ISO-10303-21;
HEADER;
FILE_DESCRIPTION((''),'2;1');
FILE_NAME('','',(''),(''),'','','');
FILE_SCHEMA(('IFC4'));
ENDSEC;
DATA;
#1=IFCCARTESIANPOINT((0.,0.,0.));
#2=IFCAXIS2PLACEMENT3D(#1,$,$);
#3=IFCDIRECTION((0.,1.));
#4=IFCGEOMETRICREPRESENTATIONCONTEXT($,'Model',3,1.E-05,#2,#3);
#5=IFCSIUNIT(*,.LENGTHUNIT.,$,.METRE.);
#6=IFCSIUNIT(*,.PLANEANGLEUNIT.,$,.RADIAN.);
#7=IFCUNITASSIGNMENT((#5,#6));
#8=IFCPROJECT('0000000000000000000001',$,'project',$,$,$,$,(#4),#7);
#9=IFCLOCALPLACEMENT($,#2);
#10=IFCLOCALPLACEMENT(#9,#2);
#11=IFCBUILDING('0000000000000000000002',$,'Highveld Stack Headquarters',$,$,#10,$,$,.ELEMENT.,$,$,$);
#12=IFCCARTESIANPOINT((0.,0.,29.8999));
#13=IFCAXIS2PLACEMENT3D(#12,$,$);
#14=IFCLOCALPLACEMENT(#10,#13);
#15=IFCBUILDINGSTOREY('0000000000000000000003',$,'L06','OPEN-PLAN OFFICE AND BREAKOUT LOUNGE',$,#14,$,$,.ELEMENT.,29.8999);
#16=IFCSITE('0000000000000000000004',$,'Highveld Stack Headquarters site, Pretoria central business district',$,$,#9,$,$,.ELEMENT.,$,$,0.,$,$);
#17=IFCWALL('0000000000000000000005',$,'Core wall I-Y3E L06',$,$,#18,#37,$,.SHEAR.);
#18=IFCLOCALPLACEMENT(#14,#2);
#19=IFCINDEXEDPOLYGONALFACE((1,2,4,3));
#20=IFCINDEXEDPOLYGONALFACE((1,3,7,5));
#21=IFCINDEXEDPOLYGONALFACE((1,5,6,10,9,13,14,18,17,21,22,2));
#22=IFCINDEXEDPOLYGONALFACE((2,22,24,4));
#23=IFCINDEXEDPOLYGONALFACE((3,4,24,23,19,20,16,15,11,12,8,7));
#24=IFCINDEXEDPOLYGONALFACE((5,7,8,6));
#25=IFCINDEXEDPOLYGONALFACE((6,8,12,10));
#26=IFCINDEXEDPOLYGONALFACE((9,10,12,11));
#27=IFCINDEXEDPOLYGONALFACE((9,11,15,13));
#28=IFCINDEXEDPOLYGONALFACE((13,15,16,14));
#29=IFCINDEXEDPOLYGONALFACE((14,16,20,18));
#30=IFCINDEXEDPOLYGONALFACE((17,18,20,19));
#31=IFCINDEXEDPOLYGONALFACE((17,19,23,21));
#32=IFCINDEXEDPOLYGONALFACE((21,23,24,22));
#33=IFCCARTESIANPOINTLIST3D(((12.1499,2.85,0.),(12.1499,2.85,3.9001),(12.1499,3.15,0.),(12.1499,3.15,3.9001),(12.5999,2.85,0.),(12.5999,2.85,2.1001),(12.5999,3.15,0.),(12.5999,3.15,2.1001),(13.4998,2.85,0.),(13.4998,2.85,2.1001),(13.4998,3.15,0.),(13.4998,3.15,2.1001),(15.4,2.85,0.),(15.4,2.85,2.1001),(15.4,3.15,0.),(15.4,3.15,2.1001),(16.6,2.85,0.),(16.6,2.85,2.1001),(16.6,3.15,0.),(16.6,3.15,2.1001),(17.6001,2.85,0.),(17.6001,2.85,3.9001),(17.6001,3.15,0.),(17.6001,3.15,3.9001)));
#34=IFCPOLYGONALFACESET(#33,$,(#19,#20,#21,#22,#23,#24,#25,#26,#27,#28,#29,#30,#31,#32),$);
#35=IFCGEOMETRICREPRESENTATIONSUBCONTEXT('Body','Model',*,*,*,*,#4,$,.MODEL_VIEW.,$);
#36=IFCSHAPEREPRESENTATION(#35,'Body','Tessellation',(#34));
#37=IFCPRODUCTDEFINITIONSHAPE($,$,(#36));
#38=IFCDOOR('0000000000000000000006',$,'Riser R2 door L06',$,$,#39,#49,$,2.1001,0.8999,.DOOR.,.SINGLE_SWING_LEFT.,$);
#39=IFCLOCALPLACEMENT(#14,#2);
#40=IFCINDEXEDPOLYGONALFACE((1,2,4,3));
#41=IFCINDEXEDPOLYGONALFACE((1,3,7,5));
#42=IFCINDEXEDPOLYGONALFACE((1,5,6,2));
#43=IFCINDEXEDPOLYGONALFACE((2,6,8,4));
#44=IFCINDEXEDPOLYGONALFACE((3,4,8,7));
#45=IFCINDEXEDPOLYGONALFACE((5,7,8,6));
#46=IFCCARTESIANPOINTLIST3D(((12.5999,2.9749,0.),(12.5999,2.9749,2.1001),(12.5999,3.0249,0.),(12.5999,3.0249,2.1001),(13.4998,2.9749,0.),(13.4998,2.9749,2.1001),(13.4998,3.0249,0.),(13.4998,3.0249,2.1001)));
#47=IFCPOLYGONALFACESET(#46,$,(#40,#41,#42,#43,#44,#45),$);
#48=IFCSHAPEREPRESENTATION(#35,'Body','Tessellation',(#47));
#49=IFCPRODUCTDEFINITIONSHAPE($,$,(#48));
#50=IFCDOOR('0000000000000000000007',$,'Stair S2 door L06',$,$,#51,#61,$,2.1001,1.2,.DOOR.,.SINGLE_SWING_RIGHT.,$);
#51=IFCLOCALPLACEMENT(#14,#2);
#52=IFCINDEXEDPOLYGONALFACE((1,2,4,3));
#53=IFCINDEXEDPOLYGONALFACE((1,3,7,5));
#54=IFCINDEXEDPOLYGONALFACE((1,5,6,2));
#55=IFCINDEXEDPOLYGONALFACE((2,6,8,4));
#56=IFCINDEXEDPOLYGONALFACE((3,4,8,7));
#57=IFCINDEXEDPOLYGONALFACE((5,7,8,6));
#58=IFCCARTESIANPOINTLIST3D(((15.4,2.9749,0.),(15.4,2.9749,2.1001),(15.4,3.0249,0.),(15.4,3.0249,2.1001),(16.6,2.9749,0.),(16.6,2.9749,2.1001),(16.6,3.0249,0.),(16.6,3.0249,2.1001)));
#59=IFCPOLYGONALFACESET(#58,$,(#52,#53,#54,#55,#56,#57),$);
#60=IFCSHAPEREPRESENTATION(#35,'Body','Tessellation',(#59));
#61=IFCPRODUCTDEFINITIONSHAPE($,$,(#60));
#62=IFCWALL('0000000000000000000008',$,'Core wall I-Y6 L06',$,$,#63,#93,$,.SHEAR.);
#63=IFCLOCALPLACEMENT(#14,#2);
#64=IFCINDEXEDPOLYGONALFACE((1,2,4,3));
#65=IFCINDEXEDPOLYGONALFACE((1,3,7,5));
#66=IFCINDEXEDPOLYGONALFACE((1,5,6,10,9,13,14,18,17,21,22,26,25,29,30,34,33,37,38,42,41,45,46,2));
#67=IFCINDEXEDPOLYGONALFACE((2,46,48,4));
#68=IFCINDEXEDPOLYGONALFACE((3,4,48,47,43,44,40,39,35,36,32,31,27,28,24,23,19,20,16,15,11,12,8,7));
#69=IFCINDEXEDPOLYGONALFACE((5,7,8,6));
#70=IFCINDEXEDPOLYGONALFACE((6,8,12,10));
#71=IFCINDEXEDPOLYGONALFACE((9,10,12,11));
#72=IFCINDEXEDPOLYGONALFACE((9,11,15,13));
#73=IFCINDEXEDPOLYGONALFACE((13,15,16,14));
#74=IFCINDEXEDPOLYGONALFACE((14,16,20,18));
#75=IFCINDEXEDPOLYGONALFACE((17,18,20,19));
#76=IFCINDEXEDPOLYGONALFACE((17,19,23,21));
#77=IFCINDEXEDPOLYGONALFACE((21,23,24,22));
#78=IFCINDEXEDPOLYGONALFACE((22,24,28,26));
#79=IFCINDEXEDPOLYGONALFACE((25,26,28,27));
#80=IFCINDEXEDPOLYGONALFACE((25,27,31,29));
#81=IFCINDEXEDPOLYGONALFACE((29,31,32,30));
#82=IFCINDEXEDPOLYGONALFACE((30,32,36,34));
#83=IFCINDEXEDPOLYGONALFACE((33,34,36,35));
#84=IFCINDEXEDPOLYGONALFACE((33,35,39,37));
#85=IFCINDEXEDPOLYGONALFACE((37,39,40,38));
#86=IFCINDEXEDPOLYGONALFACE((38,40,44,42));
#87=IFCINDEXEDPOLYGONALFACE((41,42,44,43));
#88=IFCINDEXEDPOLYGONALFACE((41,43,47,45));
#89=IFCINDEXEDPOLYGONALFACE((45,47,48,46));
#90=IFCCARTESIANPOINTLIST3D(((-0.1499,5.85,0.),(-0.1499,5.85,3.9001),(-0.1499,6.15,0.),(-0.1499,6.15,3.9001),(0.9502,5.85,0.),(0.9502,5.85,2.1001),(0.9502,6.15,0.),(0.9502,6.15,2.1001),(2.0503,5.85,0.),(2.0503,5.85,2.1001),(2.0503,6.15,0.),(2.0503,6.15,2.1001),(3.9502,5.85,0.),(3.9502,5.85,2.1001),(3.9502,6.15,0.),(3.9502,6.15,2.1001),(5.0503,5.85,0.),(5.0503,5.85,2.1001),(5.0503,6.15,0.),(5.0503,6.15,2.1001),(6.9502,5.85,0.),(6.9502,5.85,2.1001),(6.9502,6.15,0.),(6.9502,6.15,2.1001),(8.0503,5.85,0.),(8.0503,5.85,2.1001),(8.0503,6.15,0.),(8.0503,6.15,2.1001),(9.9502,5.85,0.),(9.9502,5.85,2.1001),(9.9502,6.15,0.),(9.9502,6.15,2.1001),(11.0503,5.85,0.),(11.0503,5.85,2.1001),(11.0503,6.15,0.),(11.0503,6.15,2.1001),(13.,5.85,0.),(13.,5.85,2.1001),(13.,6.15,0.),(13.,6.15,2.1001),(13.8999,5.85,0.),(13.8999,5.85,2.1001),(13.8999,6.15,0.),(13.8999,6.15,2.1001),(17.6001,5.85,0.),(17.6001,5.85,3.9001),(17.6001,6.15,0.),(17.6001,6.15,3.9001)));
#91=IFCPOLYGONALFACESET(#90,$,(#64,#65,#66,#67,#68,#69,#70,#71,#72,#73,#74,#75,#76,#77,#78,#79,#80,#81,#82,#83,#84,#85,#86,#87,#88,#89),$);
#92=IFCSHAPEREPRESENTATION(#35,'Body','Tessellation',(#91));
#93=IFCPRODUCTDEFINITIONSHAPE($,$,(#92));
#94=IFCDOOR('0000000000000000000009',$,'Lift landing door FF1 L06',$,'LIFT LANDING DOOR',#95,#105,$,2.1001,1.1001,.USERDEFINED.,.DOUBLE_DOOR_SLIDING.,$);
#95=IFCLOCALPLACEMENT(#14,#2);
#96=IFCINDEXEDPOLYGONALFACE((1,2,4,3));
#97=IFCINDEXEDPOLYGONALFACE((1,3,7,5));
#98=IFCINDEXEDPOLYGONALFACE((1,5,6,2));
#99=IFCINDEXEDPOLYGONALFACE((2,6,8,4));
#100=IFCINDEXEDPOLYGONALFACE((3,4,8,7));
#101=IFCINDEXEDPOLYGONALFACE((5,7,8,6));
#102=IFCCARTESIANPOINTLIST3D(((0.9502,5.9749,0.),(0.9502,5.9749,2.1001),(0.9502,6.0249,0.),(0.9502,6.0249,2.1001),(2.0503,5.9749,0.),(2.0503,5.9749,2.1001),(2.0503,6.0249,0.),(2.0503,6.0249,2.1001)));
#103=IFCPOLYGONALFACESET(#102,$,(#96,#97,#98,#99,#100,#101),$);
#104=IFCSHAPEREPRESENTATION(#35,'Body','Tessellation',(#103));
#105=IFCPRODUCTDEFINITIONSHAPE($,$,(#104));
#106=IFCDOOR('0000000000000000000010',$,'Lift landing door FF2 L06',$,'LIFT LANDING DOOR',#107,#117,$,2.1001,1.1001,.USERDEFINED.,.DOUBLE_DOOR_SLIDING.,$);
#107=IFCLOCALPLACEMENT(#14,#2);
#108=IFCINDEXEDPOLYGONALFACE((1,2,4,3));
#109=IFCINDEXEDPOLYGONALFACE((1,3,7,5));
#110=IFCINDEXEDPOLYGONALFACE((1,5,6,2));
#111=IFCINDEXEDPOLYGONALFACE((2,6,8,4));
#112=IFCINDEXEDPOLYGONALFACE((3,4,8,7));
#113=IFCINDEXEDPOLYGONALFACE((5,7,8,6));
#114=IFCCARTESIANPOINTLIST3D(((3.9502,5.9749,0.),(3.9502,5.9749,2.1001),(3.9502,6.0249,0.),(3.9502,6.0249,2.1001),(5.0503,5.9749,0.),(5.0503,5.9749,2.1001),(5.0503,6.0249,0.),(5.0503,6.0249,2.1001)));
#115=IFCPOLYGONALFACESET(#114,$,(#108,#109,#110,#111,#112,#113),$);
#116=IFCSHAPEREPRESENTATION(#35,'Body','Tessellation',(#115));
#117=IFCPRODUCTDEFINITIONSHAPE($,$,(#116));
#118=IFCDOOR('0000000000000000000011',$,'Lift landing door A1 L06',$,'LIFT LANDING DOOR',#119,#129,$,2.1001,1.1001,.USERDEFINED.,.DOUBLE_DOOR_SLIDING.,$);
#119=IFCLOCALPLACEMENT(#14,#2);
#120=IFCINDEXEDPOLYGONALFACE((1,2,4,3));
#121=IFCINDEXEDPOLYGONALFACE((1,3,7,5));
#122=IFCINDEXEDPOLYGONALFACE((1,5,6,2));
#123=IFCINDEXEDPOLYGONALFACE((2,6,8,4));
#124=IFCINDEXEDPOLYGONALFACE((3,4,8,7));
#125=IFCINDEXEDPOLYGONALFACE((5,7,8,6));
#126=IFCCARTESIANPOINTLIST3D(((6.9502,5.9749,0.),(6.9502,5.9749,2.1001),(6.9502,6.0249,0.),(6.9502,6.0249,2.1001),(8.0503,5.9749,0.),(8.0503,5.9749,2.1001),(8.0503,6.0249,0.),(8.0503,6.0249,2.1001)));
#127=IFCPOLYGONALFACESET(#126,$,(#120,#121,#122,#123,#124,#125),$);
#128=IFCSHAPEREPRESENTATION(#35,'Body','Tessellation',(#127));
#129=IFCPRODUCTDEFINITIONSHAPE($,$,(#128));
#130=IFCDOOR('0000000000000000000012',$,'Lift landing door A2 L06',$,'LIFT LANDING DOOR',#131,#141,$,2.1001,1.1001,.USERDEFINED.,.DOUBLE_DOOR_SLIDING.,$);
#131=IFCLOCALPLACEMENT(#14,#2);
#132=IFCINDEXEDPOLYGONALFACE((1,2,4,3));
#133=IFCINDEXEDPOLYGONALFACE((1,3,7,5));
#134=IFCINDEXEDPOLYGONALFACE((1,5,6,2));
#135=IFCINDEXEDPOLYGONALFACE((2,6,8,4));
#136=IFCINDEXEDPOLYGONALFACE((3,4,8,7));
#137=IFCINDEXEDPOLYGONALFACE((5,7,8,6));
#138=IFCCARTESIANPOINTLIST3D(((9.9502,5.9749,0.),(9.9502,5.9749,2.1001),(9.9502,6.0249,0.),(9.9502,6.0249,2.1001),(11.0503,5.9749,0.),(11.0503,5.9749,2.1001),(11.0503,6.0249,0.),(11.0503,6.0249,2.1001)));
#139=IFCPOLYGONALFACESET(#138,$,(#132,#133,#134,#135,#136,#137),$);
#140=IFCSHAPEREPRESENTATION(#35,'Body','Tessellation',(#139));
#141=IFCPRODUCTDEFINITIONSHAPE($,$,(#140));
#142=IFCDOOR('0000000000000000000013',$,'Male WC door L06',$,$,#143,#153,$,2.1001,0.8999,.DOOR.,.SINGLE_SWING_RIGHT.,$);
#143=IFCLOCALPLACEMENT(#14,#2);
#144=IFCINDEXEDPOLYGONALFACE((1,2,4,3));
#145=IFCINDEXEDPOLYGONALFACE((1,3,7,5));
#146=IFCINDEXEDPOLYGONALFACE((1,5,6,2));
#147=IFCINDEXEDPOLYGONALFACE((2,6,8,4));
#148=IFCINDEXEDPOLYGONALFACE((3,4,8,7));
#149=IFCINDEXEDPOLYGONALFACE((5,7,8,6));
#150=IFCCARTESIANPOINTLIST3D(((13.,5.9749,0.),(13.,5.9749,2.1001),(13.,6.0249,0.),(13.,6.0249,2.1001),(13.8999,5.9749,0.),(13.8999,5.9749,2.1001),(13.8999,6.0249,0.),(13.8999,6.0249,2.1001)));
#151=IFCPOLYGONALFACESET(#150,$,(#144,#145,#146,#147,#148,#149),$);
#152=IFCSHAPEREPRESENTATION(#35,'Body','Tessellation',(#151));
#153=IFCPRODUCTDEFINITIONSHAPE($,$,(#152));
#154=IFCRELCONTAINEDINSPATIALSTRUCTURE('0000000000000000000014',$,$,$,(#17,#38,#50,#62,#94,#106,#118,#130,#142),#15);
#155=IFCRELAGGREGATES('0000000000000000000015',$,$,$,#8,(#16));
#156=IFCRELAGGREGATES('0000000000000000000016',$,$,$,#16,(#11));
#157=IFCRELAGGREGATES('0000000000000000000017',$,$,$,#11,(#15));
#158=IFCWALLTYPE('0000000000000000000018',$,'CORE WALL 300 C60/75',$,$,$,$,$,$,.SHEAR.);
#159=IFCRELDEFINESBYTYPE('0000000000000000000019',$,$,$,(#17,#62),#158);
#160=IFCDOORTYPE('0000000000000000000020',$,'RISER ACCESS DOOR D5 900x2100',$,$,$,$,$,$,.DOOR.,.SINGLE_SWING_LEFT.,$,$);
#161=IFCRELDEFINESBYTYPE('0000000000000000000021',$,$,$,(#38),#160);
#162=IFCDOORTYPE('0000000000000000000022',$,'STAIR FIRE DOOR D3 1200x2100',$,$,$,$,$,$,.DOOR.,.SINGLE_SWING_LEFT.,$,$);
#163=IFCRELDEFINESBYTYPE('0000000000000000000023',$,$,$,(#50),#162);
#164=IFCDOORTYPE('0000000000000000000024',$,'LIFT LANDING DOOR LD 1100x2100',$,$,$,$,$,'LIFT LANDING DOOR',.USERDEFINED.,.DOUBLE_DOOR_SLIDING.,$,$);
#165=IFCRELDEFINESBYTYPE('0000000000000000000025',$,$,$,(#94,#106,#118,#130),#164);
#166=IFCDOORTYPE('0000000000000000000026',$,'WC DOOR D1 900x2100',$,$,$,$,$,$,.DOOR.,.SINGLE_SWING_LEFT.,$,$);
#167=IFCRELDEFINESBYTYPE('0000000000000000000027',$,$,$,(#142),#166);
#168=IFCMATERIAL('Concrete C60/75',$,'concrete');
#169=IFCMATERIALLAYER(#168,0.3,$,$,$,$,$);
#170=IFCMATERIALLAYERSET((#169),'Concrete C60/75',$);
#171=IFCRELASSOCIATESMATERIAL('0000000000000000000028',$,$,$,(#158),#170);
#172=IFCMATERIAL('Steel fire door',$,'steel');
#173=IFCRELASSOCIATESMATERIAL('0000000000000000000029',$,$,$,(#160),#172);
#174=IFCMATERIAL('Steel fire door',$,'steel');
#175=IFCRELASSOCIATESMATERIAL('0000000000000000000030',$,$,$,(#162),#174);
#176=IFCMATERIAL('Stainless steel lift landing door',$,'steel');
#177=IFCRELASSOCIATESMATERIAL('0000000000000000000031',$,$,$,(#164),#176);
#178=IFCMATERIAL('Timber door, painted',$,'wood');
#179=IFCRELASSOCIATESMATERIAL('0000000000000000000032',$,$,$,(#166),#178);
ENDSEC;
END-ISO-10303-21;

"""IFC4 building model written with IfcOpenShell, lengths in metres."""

from ifc_helpers import new_model, si_unit, direction, frame, frame_2d, origin, place, context, subcontext, project, spatial, rectangle, extrude, material, layer, layer_set, type_object, element, fill, save


model = new_model("IFC4")

# Units and contexts
model_context = context("Model", 3, precision=1e-05, world=origin(), true_north=direction((0.0, 1.0)))
body_context = subcontext(model_context, "Body", "Model", "MODEL_VIEW")
ifc_project = project(units=[si_unit("LENGTHUNIT", "METRE"), si_unit("PLANEANGLEUNIT", "RADIAN")], contexts=[model_context])

# Site, building, storey
site_placement = place(None, origin())
site = spatial("IfcSite", under=ifc_project, at=site_placement, Name="Highveld Stack Headquarters site, Pretoria central business district", CompositionType="ELEMENT", RefElevation=0.0)
building_placement = place(site_placement, origin())
building = spatial("IfcBuilding", under=site, at=building_placement, Name="Highveld Stack Headquarters", CompositionType="ELEMENT")
storey_placement = place(building_placement, frame((0.0, 0.0, 29.8999)))
storey = spatial("IfcBuildingStorey", under=building, at=storey_placement, Name="L06", Description="OPEN-PLAN OFFICE AND BREAKOUT LOUNGE", CompositionType="ELEMENT", Elevation=29.8999)

# Walls, openings, doors
ifc_material_1 = material(Name="Concrete C60/75", Category="concrete")
ifc_layer_1 = layer(ifc_material_1, 0.3)
ifc_layer_set_1 = layer_set([ifc_layer_1], Name="Concrete C60/75")
wall_type_1 = type_object("IfcWallType", Name="CORE WALL 300 C60/75", PredefinedType="SHEAR", material=ifc_layer_set_1)
wall_1_placement = place(storey_placement, frame((12.1499, 3.0, 0.0), z_axis=(0.0, 0.0, 1.0), x_axis=(1.0, 0.0, 0.0)))
wall_1 = element("IfcWall", 1, at=wall_1_placement, inside=storey, type_object=wall_type_1, Name="Core wall I-Y3E L06", PredefinedType="SHEAR", context=body_context, shape_type="SweptSolid", body=[
    extrude(rectangle(XDim=5.4502, YDim=0.3, at=frame_2d((2.7251, 0.0))), origin(), (0.0, 0.0, 1.0), 3.9001),
])
opening_1_placement = place(wall_1_placement, frame((3.25, 0.0, 0.0)))
opening_1 = element("IfcOpeningElement", 2, at=opening_1_placement, cuts=wall_1, PredefinedType="OPENING", context=body_context, shape_type="SweptSolid", body=[
    extrude(rectangle(XDim=1.2, YDim=2.1001, at=frame_2d((0.6001, 1.05))), frame((0.0, 0.1599, 0.0), z_axis=(0.0, -1.0, 0.0), x_axis=(1.0, 0.0, 0.0)), (0.0, 0.0, 1.0), 0.3201),
])
opening_2_placement = place(wall_1_placement, frame((0.45, 0.0, 0.0)))
opening_2 = element("IfcOpeningElement", 3, at=opening_2_placement, cuts=wall_1, PredefinedType="OPENING", context=body_context, shape_type="SweptSolid", body=[
    extrude(rectangle(XDim=0.8999, YDim=2.1001, at=frame_2d((0.45, 1.05))), frame((0.0, 0.1599, 0.0), z_axis=(0.0, -1.0, 0.0), x_axis=(1.0, 0.0, 0.0)), (0.0, 0.0, 1.0), 0.3201),
])
ifc_material_2 = material(Name="Steel fire door", Category="steel")
door_type_1 = type_object("IfcDoorType", Name="RISER ACCESS DOOR D5 900x2100", OperationType="SINGLE_SWING_LEFT", PredefinedType="DOOR", material=ifc_material_2)
door_1_placement = place(opening_2_placement, origin())
door_1 = element("IfcDoor", 4, at=door_1_placement, inside=storey, type_object=door_type_1, Name="Riser R2 door L06", OperationType="SINGLE_SWING_LEFT", OverallHeight=2.1001, OverallWidth=0.8999, PredefinedType="DOOR", context=body_context, shape_type="SweptSolid", body=[
    extrude(rectangle(XDim=0.8999, YDim=2.1001, at=frame_2d((0.45, 1.05))), frame((0.0, 0.0249, 0.0), z_axis=(0.0, -1.0, 0.0), x_axis=(1.0, 0.0, 0.0)), (0.0, 0.0, 1.0), 0.05),
])
fill(opening_2, door_1)
ifc_material_3 = material(Name="Steel fire door", Category="steel")
door_type_2 = type_object("IfcDoorType", Name="STAIR FIRE DOOR D3 1200x2100", OperationType="SINGLE_SWING_LEFT", PredefinedType="DOOR", material=ifc_material_3)
door_2_placement = place(opening_1_placement, origin())
door_2 = element("IfcDoor", 5, at=door_2_placement, inside=storey, type_object=door_type_2, Name="Stair S2 door L06", OperationType="SINGLE_SWING_RIGHT", OverallHeight=2.1001, OverallWidth=1.2, PredefinedType="DOOR", context=body_context, shape_type="SweptSolid", body=[
    extrude(rectangle(XDim=1.2, YDim=2.1001, at=frame_2d((0.6001, 1.05))), frame((0.0, 0.0249, 0.0), z_axis=(0.0, -1.0, 0.0), x_axis=(1.0, 0.0, 0.0)), (0.0, 0.0, 1.0), 0.05),
])
fill(opening_1, door_2)
wall_2_placement = place(storey_placement, frame((-0.1499, 6.0, 0.0), z_axis=(0.0, 0.0, 1.0), x_axis=(1.0, 0.0, 0.0)))
wall_2 = element("IfcWall", 6, at=wall_2_placement, inside=storey, type_object=wall_type_1, Name="Core wall I-Y6 L06", PredefinedType="SHEAR", context=body_context, shape_type="SweptSolid", body=[
    extrude(rectangle(XDim=17.75, YDim=0.3, at=frame_2d((8.875, 0.0))), origin(), (0.0, 0.0, 1.0), 3.9001),
])
opening_3_placement = place(wall_2_placement, frame((13.1499, 0.0, 0.0)))
opening_3 = element("IfcOpeningElement", 7, at=opening_3_placement, cuts=wall_2, PredefinedType="OPENING", context=body_context, shape_type="SweptSolid", body=[
    extrude(rectangle(XDim=0.8999, YDim=2.1001, at=frame_2d((0.45, 1.05))), frame((0.0, 0.1599, 0.0), z_axis=(0.0, -1.0, 0.0), x_axis=(1.0, 0.0, 0.0)), (0.0, 0.0, 1.0), 0.3201),
])
opening_4_placement = place(wall_2_placement, frame((1.1001, 0.0, 0.0)))
opening_4 = element("IfcOpeningElement", 8, at=opening_4_placement, cuts=wall_2, PredefinedType="OPENING", context=body_context, shape_type="SweptSolid", body=[
    extrude(rectangle(XDim=1.1001, YDim=2.1001, at=frame_2d((0.55, 1.05))), frame((0.0, 0.1599, 0.0), z_axis=(0.0, -1.0, 0.0), x_axis=(1.0, 0.0, 0.0)), (0.0, 0.0, 1.0), 0.3201),
])
opening_5_placement = place(wall_2_placement, frame((4.1001, 0.0, 0.0)))
opening_5 = element("IfcOpeningElement", 9, at=opening_5_placement, cuts=wall_2, PredefinedType="OPENING", context=body_context, shape_type="SweptSolid", body=[
    extrude(rectangle(XDim=1.1001, YDim=2.1001, at=frame_2d((0.55, 1.05))), frame((0.0, 0.1599, 0.0), z_axis=(0.0, -1.0, 0.0), x_axis=(1.0, 0.0, 0.0)), (0.0, 0.0, 1.0), 0.3201),
])
opening_6_placement = place(wall_2_placement, frame((7.1001, 0.0, 0.0)))
opening_6 = element("IfcOpeningElement", 10, at=opening_6_placement, cuts=wall_2, PredefinedType="OPENING", context=body_context, shape_type="SweptSolid", body=[
    extrude(rectangle(XDim=1.1001, YDim=2.1001, at=frame_2d((0.55, 1.05))), frame((0.0, 0.1599, 0.0), z_axis=(0.0, -1.0, 0.0), x_axis=(1.0, 0.0, 0.0)), (0.0, 0.0, 1.0), 0.3201),
])
opening_7_placement = place(wall_2_placement, frame((10.1001, 0.0, 0.0)))
opening_7 = element("IfcOpeningElement", 11, at=opening_7_placement, cuts=wall_2, PredefinedType="OPENING", context=body_context, shape_type="SweptSolid", body=[
    extrude(rectangle(XDim=1.1001, YDim=2.1001, at=frame_2d((0.55, 1.05))), frame((0.0, 0.1599, 0.0), z_axis=(0.0, -1.0, 0.0), x_axis=(1.0, 0.0, 0.0)), (0.0, 0.0, 1.0), 0.3201),
])
ifc_material_4 = material(Name="Stainless steel lift landing door", Category="steel")
door_type_3 = type_object("IfcDoorType", Name="LIFT LANDING DOOR LD 1100x2100", ElementType="LIFT LANDING DOOR", OperationType="DOUBLE_DOOR_SLIDING", PredefinedType="USERDEFINED", material=ifc_material_4)
door_3_placement = place(opening_4_placement, origin())
door_3 = element("IfcDoor", 12, at=door_3_placement, inside=storey, type_object=door_type_3, Name="Lift landing door FF1 L06", ObjectType="LIFT LANDING DOOR", OperationType="DOUBLE_DOOR_SLIDING", OverallHeight=2.1001, OverallWidth=1.1001, PredefinedType="USERDEFINED", context=body_context, shape_type="SweptSolid", body=[
    extrude(rectangle(XDim=1.1001, YDim=2.1001, at=frame_2d((0.55, 1.05))), frame((0.0, 0.0249, 0.0), z_axis=(0.0, -1.0, 0.0), x_axis=(1.0, 0.0, 0.0)), (0.0, 0.0, 1.0), 0.05),
])
fill(opening_4, door_3)
door_4_placement = place(opening_5_placement, origin())
door_4 = element("IfcDoor", 13, at=door_4_placement, inside=storey, type_object=door_type_3, Name="Lift landing door FF2 L06", ObjectType="LIFT LANDING DOOR", OperationType="DOUBLE_DOOR_SLIDING", OverallHeight=2.1001, OverallWidth=1.1001, PredefinedType="USERDEFINED", context=body_context, shape_type="SweptSolid", body=[
    extrude(rectangle(XDim=1.1001, YDim=2.1001, at=frame_2d((0.55, 1.05))), frame((0.0, 0.0249, 0.0), z_axis=(0.0, -1.0, 0.0), x_axis=(1.0, 0.0, 0.0)), (0.0, 0.0, 1.0), 0.05),
])
fill(opening_5, door_4)
door_5_placement = place(opening_6_placement, origin())
door_5 = element("IfcDoor", 14, at=door_5_placement, inside=storey, type_object=door_type_3, Name="Lift landing door A1 L06", ObjectType="LIFT LANDING DOOR", OperationType="DOUBLE_DOOR_SLIDING", OverallHeight=2.1001, OverallWidth=1.1001, PredefinedType="USERDEFINED", context=body_context, shape_type="SweptSolid", body=[
    extrude(rectangle(XDim=1.1001, YDim=2.1001, at=frame_2d((0.55, 1.05))), frame((0.0, 0.0249, 0.0), z_axis=(0.0, -1.0, 0.0), x_axis=(1.0, 0.0, 0.0)), (0.0, 0.0, 1.0), 0.05),
])
fill(opening_6, door_5)
door_6_placement = place(opening_7_placement, origin())
door_6 = element("IfcDoor", 15, at=door_6_placement, inside=storey, type_object=door_type_3, Name="Lift landing door A2 L06", ObjectType="LIFT LANDING DOOR", OperationType="DOUBLE_DOOR_SLIDING", OverallHeight=2.1001, OverallWidth=1.1001, PredefinedType="USERDEFINED", context=body_context, shape_type="SweptSolid", body=[
    extrude(rectangle(XDim=1.1001, YDim=2.1001, at=frame_2d((0.55, 1.05))), frame((0.0, 0.0249, 0.0), z_axis=(0.0, -1.0, 0.0), x_axis=(1.0, 0.0, 0.0)), (0.0, 0.0, 1.0), 0.05),
])
fill(opening_7, door_6)
ifc_material_5 = material(Name="Timber door, painted", Category="wood")
door_type_4 = type_object("IfcDoorType", Name="WC DOOR D1 900x2100", OperationType="SINGLE_SWING_LEFT", PredefinedType="DOOR", material=ifc_material_5)
door_7_placement = place(opening_3_placement, origin())
door_7 = element("IfcDoor", 16, at=door_7_placement, inside=storey, type_object=door_type_4, Name="Male WC door L06", OperationType="SINGLE_SWING_RIGHT", OverallHeight=2.1001, OverallWidth=0.8999, PredefinedType="DOOR", context=body_context, shape_type="SweptSolid", body=[
    extrude(rectangle(XDim=0.8999, YDim=2.1001, at=frame_2d((0.45, 1.05))), frame((0.0, 0.0249, 0.0), z_axis=(0.0, -1.0, 0.0), x_axis=(1.0, 0.0, 0.0)), (0.0, 0.0, 1.0), 0.05),
])
fill(opening_3, door_7)

save(model, "model.ifc")
